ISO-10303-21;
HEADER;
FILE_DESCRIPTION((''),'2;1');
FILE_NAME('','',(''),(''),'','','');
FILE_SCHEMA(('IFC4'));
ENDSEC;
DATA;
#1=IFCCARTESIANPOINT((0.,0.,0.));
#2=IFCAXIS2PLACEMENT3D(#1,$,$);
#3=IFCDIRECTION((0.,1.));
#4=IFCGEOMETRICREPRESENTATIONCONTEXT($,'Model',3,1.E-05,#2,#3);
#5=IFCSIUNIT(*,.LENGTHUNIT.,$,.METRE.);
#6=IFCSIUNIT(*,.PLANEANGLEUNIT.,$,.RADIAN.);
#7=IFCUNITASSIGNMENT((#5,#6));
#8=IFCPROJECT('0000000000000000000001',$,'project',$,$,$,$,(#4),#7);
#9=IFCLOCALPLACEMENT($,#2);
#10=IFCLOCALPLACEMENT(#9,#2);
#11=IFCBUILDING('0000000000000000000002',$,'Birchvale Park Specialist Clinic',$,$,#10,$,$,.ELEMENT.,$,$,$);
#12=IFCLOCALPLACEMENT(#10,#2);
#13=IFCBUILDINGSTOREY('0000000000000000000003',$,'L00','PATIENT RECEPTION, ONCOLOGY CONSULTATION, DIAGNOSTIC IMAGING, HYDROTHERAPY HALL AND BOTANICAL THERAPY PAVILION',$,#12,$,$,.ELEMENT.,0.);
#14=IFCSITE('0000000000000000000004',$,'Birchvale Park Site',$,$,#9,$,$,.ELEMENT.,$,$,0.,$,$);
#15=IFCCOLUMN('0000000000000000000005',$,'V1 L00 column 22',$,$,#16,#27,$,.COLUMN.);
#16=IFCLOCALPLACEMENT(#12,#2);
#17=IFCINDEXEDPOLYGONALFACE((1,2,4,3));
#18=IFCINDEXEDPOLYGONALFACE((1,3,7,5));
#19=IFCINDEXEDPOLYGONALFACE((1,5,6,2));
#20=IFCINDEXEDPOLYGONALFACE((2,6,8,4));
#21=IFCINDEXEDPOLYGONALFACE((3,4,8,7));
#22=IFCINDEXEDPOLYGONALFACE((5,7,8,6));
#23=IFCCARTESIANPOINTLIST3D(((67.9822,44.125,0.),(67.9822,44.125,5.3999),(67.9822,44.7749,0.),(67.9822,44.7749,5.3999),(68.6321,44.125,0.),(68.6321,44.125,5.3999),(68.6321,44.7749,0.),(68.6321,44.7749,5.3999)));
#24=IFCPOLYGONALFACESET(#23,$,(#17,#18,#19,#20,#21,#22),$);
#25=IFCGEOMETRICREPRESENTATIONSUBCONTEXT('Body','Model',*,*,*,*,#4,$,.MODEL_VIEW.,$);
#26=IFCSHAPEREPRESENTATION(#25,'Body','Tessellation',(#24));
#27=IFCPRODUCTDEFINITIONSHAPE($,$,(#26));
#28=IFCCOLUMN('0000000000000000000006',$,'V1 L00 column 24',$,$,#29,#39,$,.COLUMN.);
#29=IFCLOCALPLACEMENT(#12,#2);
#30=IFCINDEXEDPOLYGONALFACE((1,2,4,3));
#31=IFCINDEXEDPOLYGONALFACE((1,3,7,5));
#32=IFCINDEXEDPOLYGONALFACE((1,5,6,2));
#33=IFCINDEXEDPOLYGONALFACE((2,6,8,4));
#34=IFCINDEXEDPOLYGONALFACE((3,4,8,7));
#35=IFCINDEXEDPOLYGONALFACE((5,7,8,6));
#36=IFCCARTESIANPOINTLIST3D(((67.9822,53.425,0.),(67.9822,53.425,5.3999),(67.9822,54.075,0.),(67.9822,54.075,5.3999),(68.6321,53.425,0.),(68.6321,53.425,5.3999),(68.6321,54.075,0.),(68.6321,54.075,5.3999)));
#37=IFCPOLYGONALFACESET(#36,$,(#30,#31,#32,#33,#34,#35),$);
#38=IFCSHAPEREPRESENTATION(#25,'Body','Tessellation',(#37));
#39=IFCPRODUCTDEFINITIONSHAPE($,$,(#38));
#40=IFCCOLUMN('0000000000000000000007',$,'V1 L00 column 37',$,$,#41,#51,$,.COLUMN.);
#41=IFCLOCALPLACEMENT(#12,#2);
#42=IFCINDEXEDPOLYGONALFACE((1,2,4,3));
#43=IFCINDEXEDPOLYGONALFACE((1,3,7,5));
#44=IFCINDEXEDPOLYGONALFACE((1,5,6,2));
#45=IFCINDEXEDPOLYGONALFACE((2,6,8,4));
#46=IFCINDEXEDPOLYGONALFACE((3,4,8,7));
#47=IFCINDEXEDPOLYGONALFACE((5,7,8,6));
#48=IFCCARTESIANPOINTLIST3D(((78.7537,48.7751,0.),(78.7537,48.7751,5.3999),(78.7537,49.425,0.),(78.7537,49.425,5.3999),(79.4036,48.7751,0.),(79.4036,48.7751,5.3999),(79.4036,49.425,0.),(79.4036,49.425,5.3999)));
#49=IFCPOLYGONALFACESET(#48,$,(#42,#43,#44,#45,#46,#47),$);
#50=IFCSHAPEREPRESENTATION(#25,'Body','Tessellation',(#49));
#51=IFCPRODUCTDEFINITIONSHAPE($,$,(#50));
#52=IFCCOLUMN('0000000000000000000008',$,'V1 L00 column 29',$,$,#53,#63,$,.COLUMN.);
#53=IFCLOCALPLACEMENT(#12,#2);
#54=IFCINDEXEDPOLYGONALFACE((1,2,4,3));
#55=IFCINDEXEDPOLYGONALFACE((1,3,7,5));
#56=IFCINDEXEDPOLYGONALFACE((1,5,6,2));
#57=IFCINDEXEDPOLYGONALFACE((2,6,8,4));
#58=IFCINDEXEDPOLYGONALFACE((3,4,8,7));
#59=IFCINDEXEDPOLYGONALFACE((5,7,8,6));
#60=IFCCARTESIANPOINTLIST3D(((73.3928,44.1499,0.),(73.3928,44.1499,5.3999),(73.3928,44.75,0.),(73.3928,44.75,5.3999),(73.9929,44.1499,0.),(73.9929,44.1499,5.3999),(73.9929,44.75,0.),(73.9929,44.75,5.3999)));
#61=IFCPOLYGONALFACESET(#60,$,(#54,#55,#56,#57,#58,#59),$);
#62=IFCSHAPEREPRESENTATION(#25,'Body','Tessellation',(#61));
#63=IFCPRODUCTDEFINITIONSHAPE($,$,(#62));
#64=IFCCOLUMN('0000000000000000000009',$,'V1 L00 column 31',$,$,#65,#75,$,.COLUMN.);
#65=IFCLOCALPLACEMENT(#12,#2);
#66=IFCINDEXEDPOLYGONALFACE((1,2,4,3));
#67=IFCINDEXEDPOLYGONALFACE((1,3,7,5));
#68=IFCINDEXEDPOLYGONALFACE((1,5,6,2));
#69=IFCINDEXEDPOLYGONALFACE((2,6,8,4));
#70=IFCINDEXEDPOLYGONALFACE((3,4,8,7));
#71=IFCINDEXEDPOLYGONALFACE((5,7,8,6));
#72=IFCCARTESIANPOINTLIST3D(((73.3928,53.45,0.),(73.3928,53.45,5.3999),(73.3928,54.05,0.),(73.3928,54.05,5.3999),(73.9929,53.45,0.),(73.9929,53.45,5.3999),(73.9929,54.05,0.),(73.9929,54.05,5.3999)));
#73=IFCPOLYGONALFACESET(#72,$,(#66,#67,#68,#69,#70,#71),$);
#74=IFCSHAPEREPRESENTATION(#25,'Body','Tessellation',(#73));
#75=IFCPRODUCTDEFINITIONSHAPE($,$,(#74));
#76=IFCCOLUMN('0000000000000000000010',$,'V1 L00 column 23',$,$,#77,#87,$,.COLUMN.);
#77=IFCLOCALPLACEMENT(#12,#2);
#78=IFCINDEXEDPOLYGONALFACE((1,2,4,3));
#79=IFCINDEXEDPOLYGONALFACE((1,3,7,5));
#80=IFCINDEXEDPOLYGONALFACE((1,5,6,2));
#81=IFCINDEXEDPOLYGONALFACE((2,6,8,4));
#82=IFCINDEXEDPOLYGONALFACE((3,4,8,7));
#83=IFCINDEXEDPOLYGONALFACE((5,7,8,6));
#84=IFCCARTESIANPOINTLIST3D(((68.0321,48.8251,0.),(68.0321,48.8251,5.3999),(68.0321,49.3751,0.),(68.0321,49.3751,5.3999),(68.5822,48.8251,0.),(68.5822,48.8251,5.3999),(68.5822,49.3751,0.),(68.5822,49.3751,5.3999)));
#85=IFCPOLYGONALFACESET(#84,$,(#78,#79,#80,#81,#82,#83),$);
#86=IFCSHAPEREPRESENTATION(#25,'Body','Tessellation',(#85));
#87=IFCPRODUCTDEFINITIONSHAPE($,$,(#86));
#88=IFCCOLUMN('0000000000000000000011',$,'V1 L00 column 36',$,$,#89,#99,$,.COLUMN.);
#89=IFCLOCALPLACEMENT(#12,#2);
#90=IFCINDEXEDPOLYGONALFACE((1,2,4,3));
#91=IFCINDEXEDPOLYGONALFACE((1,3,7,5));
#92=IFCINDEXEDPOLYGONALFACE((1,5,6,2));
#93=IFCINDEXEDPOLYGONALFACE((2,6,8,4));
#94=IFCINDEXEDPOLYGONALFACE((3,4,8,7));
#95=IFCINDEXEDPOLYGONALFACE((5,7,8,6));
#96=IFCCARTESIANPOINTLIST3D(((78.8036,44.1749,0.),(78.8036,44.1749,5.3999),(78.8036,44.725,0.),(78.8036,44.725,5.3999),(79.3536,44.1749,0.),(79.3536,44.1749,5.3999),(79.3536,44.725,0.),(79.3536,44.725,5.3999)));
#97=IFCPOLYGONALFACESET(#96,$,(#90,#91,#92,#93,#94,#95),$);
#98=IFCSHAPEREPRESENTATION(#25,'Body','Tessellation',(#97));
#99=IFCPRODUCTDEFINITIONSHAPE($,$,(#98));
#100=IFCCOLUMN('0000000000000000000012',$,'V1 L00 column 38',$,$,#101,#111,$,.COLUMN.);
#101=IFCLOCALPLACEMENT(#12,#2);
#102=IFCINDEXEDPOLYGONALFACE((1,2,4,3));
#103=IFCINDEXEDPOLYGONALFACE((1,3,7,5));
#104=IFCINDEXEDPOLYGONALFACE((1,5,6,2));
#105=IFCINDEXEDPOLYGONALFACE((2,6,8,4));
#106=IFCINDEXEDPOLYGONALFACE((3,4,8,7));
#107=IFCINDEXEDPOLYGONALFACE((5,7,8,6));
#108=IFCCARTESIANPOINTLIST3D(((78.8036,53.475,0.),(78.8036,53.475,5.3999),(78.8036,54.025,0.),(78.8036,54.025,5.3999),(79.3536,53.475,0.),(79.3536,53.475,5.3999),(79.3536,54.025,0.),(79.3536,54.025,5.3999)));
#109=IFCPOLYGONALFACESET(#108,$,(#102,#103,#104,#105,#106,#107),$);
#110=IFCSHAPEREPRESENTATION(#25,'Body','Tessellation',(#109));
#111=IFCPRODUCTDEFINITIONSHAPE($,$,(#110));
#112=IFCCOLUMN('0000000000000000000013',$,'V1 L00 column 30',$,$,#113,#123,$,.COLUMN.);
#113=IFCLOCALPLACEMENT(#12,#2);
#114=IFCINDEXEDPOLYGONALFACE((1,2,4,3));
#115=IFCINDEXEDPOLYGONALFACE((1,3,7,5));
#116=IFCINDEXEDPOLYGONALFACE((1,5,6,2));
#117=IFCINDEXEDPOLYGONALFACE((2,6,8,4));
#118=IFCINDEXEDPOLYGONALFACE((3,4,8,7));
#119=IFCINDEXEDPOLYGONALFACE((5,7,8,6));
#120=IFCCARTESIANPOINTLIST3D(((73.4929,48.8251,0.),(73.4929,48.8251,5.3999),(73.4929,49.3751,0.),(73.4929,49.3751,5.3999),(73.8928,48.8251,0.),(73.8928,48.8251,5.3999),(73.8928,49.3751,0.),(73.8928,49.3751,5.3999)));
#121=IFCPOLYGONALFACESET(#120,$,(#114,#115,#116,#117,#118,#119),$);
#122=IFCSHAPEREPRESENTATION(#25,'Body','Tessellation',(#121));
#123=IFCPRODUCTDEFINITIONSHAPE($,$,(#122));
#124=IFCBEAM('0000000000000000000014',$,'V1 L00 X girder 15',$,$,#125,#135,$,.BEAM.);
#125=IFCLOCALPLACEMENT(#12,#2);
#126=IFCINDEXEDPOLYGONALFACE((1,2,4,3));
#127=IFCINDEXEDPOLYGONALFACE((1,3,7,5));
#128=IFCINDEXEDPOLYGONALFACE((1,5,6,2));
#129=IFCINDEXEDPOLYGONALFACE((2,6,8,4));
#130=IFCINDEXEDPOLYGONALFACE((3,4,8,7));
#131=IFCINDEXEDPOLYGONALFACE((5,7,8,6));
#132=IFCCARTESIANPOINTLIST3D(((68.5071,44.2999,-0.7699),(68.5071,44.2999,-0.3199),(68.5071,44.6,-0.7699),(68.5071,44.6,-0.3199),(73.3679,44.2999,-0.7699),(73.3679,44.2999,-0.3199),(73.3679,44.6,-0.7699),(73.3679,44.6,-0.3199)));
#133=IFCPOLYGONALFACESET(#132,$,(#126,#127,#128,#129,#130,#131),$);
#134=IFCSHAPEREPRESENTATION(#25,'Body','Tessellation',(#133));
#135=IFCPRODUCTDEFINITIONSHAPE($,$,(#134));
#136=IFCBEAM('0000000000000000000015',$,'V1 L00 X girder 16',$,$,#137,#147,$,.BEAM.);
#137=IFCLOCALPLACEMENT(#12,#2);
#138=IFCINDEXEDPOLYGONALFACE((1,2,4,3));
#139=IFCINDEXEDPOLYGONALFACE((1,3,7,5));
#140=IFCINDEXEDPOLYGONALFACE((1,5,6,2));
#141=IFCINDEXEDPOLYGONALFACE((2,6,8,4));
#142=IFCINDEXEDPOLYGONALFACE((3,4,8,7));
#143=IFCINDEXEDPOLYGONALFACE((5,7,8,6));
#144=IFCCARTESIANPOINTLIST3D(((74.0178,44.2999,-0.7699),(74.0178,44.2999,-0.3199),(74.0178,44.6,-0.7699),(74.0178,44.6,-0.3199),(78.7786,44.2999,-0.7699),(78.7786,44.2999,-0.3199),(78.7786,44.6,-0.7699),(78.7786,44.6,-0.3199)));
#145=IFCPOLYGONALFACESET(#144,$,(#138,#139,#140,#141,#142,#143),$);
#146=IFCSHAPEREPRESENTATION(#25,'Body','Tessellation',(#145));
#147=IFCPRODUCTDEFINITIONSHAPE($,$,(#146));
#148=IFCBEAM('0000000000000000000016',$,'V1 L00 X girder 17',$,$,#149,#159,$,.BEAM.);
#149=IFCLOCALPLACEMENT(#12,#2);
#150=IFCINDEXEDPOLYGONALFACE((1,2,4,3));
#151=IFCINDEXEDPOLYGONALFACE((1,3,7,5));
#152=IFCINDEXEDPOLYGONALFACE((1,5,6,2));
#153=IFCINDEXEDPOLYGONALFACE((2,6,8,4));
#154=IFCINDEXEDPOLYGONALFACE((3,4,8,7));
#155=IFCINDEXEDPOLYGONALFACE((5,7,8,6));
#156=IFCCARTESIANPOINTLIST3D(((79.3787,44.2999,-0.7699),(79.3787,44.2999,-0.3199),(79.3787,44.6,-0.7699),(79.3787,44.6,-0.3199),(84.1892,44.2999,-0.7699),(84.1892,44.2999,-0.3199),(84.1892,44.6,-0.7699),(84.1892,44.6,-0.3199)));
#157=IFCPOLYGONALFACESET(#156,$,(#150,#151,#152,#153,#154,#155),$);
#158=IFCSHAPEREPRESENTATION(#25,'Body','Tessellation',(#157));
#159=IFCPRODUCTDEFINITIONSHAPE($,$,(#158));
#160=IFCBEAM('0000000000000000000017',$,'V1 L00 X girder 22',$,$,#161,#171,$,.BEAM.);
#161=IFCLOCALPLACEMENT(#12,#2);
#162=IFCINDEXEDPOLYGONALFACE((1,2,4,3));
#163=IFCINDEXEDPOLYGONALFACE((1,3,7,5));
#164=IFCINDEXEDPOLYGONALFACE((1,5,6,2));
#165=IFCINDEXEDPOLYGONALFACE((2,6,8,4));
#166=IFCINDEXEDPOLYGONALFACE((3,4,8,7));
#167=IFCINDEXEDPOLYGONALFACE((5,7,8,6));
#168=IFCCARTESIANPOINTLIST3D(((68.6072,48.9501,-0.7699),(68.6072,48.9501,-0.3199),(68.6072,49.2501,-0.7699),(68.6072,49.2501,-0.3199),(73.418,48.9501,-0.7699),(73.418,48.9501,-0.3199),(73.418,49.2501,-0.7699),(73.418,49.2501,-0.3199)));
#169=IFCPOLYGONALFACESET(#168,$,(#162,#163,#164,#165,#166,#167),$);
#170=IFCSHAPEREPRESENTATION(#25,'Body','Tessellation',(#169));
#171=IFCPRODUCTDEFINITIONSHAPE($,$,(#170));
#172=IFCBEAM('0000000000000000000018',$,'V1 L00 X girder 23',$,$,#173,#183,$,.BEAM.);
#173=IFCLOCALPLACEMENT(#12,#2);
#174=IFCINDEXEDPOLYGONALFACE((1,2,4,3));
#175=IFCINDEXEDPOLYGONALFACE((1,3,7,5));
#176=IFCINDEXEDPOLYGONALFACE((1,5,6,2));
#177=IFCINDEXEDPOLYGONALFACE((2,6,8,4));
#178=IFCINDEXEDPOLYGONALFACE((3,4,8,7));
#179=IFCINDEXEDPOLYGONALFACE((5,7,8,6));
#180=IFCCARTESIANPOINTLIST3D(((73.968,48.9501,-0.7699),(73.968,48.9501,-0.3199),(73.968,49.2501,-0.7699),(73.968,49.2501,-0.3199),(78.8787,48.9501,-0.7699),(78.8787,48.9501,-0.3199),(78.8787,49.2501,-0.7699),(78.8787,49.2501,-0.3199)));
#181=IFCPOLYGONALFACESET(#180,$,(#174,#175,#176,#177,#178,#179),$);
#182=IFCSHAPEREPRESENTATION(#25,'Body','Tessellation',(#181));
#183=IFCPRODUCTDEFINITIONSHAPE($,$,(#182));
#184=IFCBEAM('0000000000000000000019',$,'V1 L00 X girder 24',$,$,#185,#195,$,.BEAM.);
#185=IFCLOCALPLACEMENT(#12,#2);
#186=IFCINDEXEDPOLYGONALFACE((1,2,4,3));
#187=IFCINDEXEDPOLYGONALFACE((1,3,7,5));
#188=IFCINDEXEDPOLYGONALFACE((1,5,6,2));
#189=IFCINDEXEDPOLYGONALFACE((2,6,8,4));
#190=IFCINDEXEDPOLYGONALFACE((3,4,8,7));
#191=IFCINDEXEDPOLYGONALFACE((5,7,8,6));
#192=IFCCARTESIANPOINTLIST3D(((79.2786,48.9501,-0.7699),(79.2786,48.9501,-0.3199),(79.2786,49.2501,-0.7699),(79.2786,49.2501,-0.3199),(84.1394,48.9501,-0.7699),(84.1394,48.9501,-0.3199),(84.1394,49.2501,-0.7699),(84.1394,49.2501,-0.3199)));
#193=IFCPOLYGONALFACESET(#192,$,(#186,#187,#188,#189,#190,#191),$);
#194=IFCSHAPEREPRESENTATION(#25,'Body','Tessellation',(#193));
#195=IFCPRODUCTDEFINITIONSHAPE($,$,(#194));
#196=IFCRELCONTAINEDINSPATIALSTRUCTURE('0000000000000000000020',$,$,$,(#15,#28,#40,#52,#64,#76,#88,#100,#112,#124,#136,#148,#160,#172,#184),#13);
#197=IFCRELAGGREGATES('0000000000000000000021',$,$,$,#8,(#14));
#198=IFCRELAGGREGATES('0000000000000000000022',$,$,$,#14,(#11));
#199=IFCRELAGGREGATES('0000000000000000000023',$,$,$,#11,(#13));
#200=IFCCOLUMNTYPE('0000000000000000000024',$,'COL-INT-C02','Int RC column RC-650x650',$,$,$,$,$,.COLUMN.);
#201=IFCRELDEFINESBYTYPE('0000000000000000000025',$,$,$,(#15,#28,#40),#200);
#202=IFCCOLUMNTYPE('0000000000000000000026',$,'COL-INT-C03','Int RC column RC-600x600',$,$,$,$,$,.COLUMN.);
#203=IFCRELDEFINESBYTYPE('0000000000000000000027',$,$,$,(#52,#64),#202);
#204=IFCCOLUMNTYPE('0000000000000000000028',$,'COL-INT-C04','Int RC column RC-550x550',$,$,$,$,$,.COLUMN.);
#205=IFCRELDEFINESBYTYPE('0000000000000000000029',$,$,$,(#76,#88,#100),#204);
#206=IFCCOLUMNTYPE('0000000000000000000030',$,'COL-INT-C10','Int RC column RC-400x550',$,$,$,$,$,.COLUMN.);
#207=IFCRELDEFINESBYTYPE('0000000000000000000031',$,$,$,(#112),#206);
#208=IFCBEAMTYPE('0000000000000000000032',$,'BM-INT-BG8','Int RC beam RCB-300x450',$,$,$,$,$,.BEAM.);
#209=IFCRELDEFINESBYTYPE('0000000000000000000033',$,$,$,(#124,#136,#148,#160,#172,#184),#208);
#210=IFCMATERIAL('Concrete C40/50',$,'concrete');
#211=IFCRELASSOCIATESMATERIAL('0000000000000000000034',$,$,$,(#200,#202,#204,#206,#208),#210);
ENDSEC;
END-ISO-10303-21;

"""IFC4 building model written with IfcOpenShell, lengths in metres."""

from ifc_helpers import new_model, si_unit, direction, frame, origin, origin_2d, place, context, subcontext, project, spatial, rectangle, extrude, material, material_profile, profile_set, type_object, element, save


model = new_model("IFC4")

# Units and contexts
model_context = context("Model", 3, precision=1e-05, world=origin(), true_north=direction((0.0, 1.0)))
body_context = subcontext(model_context, "Body", "Model", "MODEL_VIEW")
ifc_project = project(units=[si_unit("LENGTHUNIT", "METRE"), si_unit("PLANEANGLEUNIT", "RADIAN")], contexts=[model_context])

# Site, building, storey
site_placement = place(None, origin())
site = spatial("IfcSite", under=ifc_project, at=site_placement, Name="Birchvale Park Site", CompositionType="ELEMENT", RefElevation=0.0)
building_placement = place(site_placement, origin())
building = spatial("IfcBuilding", under=site, at=building_placement, Name="Birchvale Park Specialist Clinic", CompositionType="ELEMENT")
storey_placement = place(building_placement, origin())
storey = spatial("IfcBuildingStorey", under=building, at=storey_placement, Name="L00", Description="PATIENT RECEPTION, ONCOLOGY CONSULTATION, DIAGNOSTIC IMAGING, HYDROTHERAPY HALL AND BOTANICAL THERAPY PAVILION", CompositionType="ELEMENT", Elevation=0.0)

# Columns
ifc_material_1 = material(Name="Concrete C40/50", Category="concrete")
ifc_material_profile_1 = material_profile(ifc_material_1, rectangle(XDim=0.6499, YDim=0.6499, at=origin_2d()), Name="RC-650x650")
ifc_profile_set_1 = profile_set([ifc_material_profile_1], Name="Concrete C40/50")
column_type_1 = type_object("IfcColumnType", Name="COL-INT-C02", Description="Int RC column RC-650x650", PredefinedType="COLUMN", material=ifc_profile_set_1)
for number, where, z_axis, x_axis, name in (
    (1, (68.3071, 44.45, 0.0), (0.0, 0.0, 1.0), (1.0, 0.0, 0.0), "V1 L00 column 22"),
    (2, (68.3071, 53.75, 0.0), (0.0, 0.0, 1.0), (1.0, 0.0, 0.0), "V1 L00 column 24"),
    (3, (79.0786, 49.1001, 0.0), (0.0, 0.0, 1.0), (1.0, 0.0, 0.0), "V1 L00 column 37"),
):
    element("IfcColumn", number, at=place(storey_placement, frame(where, z_axis=z_axis, x_axis=x_axis)), inside=storey, type_object=column_type_1, Name=name, PredefinedType="COLUMN", context=body_context, shape_type="SweptSolid", body=[
        extrude(rectangle(XDim=0.6499, YDim=0.6499, at=origin_2d()), origin(), (0.0, 0.0, 1.0), 5.3999),
    ])
ifc_material_profile_2 = material_profile(ifc_material_1, rectangle(XDim=0.6001, YDim=0.6001, at=origin_2d()), Name="RC-600x600")
ifc_profile_set_2 = profile_set([ifc_material_profile_2], Name="Concrete C40/50")
column_type_2 = type_object("IfcColumnType", Name="COL-INT-C03", Description="Int RC column RC-600x600", PredefinedType="COLUMN", material=ifc_profile_set_2)
for number, where, z_axis, x_axis, name in (
    (4, (73.6929, 44.45, 0.0), (0.0, 0.0, 1.0), (1.0, 0.0, 0.0), "V1 L00 column 29"),
    (5, (73.6929, 53.75, 0.0), (0.0, 0.0, 1.0), (1.0, 0.0, 0.0), "V1 L00 column 31"),
):
    element("IfcColumn", number, at=place(storey_placement, frame(where, z_axis=z_axis, x_axis=x_axis)), inside=storey, type_object=column_type_2, Name=name, PredefinedType="COLUMN", context=body_context, shape_type="SweptSolid", body=[
        extrude(rectangle(XDim=0.6001, YDim=0.6001, at=origin_2d()), origin(), (0.0, 0.0, 1.0), 5.3999),
    ])
ifc_material_profile_3 = material_profile(ifc_material_1, rectangle(XDim=0.55, YDim=0.55, at=origin_2d()), Name="RC-550x550")
ifc_profile_set_3 = profile_set([ifc_material_profile_3], Name="Concrete C40/50")
column_type_3 = type_object("IfcColumnType", Name="COL-INT-C04", Description="Int RC column RC-550x550", PredefinedType="COLUMN", material=ifc_profile_set_3)
for number, where, z_axis, x_axis, name in (
    (6, (68.3071, 49.1001, 0.0), (0.0, 0.0, 1.0), (1.0, 0.0, 0.0), "V1 L00 column 23"),
    (7, (79.0786, 44.45, 0.0), (0.0, 0.0, 1.0), (1.0, 0.0, 0.0), "V1 L00 column 36"),
    (8, (79.0786, 53.75, 0.0), (0.0, 0.0, 1.0), (1.0, 0.0, 0.0), "V1 L00 column 38"),
):
    element("IfcColumn", number, at=place(storey_placement, frame(where, z_axis=z_axis, x_axis=x_axis)), inside=storey, type_object=column_type_3, Name=name, PredefinedType="COLUMN", context=body_context, shape_type="SweptSolid", body=[
        extrude(rectangle(XDim=0.55, YDim=0.55, at=origin_2d()), origin(), (0.0, 0.0, 1.0), 5.3999),
    ])
ifc_material_profile_4 = material_profile(ifc_material_1, rectangle(XDim=0.3999, YDim=0.55, at=origin_2d()), Name="RC-400x550")
ifc_profile_set_4 = profile_set([ifc_material_profile_4], Name="Concrete C40/50")
column_type_4 = type_object("IfcColumnType", Name="COL-INT-C10", Description="Int RC column RC-400x550", PredefinedType="COLUMN", material=ifc_profile_set_4)
column_placement = place(storey_placement, frame((73.6929, 49.1001, 0.0), z_axis=(0.0, 0.0, 1.0), x_axis=(1.0, 0.0, 0.0)))
element("IfcColumn", 9, at=column_placement, inside=storey, type_object=column_type_4, Name="V1 L00 column 30", PredefinedType="COLUMN", context=body_context, shape_type="SweptSolid", body=[
    extrude(rectangle(XDim=0.3999, YDim=0.55, at=origin_2d()), origin(), (0.0, 0.0, 1.0), 5.3999),
])

# Beams
ifc_material_profile_5 = material_profile(ifc_material_1, rectangle(XDim=0.3, YDim=0.45, at=origin_2d()), Name="RCB-300x450")
ifc_profile_set_5 = profile_set([ifc_material_profile_5], Name="Concrete C40/50")
beam_type_1 = type_object("IfcBeamType", Name="BM-INT-BG8", Description="Int RC beam RCB-300x450", PredefinedType="BEAM", material=ifc_profile_set_5)
beam_1_placement = place(storey_placement, frame((68.5071, 44.45, -0.5449), z_axis=(1.0, 0.0, 0.0), x_axis=(0.0, 1.0, 0.0)))
element("IfcBeam", 10, at=beam_1_placement, inside=storey, type_object=beam_type_1, Name="V1 L00 X girder 15", PredefinedType="BEAM", context=body_context, shape_type="SweptSolid", body=[
    extrude(rectangle(XDim=0.3, YDim=0.45, at=origin_2d()), origin(), (0.0, 0.0, 1.0), 4.8608),
])
beam_2_placement = place(storey_placement, frame((74.0178, 44.45, -0.5449), z_axis=(1.0, 0.0, 0.0), x_axis=(0.0, 1.0, 0.0)))
element("IfcBeam", 11, at=beam_2_placement, inside=storey, type_object=beam_type_1, Name="V1 L00 X girder 16", PredefinedType="BEAM", context=body_context, shape_type="SweptSolid", body=[
    extrude(rectangle(XDim=0.3, YDim=0.45, at=origin_2d()), origin(), (0.0, 0.0, 1.0), 4.7607),
])
beam_3_placement = place(storey_placement, frame((79.3787, 44.45, -0.5449), z_axis=(1.0, 0.0, 0.0), x_axis=(0.0, 1.0, 0.0)))
element("IfcBeam", 12, at=beam_3_placement, inside=storey, type_object=beam_type_1, Name="V1 L00 X girder 17", PredefinedType="BEAM", context=body_context, shape_type="SweptSolid", body=[
    extrude(rectangle(XDim=0.3, YDim=0.45, at=origin_2d()), origin(), (0.0, 0.0, 1.0), 4.8105),
])
beam_4_placement = place(storey_placement, frame((68.6072, 49.1001, -0.5449), z_axis=(1.0, 0.0, 0.0), x_axis=(0.0, 1.0, 0.0)))
element("IfcBeam", 13, at=beam_4_placement, inside=storey, type_object=beam_type_1, Name="V1 L00 X girder 22", PredefinedType="BEAM", context=body_context, shape_type="SweptSolid", body=[
    extrude(rectangle(XDim=0.3, YDim=0.45, at=origin_2d()), origin(), (0.0, 0.0, 1.0), 4.8108),
])
beam_5_placement = place(storey_placement, frame((73.968, 49.1001, -0.5449), z_axis=(1.0, 0.0, 0.0), x_axis=(0.0, 1.0, 0.0)))
element("IfcBeam", 14, at=beam_5_placement, inside=storey, type_object=beam_type_1, Name="V1 L00 X girder 23", PredefinedType="BEAM", context=body_context, shape_type="SweptSolid", body=[
    extrude(rectangle(XDim=0.3, YDim=0.45, at=origin_2d()), origin(), (0.0, 0.0, 1.0), 4.9106),
])
for number, where, z_axis, x_axis, name in (
    (15, (79.2786, 49.1001, -0.5449), (1.0, 0.0, 0.0), (0.0, 1.0, 0.0), "V1 L00 X girder 24"),
):
    element("IfcBeam", number, at=place(storey_placement, frame(where, z_axis=z_axis, x_axis=x_axis)), inside=storey, type_object=beam_type_1, Name=name, PredefinedType="BEAM", context=body_context, shape_type="SweptSolid", body=[
        extrude(rectangle(XDim=0.3, YDim=0.45, at=origin_2d()), origin(), (0.0, 0.0, 1.0), 4.8608),
    ])

save(model, "model.ifc")
